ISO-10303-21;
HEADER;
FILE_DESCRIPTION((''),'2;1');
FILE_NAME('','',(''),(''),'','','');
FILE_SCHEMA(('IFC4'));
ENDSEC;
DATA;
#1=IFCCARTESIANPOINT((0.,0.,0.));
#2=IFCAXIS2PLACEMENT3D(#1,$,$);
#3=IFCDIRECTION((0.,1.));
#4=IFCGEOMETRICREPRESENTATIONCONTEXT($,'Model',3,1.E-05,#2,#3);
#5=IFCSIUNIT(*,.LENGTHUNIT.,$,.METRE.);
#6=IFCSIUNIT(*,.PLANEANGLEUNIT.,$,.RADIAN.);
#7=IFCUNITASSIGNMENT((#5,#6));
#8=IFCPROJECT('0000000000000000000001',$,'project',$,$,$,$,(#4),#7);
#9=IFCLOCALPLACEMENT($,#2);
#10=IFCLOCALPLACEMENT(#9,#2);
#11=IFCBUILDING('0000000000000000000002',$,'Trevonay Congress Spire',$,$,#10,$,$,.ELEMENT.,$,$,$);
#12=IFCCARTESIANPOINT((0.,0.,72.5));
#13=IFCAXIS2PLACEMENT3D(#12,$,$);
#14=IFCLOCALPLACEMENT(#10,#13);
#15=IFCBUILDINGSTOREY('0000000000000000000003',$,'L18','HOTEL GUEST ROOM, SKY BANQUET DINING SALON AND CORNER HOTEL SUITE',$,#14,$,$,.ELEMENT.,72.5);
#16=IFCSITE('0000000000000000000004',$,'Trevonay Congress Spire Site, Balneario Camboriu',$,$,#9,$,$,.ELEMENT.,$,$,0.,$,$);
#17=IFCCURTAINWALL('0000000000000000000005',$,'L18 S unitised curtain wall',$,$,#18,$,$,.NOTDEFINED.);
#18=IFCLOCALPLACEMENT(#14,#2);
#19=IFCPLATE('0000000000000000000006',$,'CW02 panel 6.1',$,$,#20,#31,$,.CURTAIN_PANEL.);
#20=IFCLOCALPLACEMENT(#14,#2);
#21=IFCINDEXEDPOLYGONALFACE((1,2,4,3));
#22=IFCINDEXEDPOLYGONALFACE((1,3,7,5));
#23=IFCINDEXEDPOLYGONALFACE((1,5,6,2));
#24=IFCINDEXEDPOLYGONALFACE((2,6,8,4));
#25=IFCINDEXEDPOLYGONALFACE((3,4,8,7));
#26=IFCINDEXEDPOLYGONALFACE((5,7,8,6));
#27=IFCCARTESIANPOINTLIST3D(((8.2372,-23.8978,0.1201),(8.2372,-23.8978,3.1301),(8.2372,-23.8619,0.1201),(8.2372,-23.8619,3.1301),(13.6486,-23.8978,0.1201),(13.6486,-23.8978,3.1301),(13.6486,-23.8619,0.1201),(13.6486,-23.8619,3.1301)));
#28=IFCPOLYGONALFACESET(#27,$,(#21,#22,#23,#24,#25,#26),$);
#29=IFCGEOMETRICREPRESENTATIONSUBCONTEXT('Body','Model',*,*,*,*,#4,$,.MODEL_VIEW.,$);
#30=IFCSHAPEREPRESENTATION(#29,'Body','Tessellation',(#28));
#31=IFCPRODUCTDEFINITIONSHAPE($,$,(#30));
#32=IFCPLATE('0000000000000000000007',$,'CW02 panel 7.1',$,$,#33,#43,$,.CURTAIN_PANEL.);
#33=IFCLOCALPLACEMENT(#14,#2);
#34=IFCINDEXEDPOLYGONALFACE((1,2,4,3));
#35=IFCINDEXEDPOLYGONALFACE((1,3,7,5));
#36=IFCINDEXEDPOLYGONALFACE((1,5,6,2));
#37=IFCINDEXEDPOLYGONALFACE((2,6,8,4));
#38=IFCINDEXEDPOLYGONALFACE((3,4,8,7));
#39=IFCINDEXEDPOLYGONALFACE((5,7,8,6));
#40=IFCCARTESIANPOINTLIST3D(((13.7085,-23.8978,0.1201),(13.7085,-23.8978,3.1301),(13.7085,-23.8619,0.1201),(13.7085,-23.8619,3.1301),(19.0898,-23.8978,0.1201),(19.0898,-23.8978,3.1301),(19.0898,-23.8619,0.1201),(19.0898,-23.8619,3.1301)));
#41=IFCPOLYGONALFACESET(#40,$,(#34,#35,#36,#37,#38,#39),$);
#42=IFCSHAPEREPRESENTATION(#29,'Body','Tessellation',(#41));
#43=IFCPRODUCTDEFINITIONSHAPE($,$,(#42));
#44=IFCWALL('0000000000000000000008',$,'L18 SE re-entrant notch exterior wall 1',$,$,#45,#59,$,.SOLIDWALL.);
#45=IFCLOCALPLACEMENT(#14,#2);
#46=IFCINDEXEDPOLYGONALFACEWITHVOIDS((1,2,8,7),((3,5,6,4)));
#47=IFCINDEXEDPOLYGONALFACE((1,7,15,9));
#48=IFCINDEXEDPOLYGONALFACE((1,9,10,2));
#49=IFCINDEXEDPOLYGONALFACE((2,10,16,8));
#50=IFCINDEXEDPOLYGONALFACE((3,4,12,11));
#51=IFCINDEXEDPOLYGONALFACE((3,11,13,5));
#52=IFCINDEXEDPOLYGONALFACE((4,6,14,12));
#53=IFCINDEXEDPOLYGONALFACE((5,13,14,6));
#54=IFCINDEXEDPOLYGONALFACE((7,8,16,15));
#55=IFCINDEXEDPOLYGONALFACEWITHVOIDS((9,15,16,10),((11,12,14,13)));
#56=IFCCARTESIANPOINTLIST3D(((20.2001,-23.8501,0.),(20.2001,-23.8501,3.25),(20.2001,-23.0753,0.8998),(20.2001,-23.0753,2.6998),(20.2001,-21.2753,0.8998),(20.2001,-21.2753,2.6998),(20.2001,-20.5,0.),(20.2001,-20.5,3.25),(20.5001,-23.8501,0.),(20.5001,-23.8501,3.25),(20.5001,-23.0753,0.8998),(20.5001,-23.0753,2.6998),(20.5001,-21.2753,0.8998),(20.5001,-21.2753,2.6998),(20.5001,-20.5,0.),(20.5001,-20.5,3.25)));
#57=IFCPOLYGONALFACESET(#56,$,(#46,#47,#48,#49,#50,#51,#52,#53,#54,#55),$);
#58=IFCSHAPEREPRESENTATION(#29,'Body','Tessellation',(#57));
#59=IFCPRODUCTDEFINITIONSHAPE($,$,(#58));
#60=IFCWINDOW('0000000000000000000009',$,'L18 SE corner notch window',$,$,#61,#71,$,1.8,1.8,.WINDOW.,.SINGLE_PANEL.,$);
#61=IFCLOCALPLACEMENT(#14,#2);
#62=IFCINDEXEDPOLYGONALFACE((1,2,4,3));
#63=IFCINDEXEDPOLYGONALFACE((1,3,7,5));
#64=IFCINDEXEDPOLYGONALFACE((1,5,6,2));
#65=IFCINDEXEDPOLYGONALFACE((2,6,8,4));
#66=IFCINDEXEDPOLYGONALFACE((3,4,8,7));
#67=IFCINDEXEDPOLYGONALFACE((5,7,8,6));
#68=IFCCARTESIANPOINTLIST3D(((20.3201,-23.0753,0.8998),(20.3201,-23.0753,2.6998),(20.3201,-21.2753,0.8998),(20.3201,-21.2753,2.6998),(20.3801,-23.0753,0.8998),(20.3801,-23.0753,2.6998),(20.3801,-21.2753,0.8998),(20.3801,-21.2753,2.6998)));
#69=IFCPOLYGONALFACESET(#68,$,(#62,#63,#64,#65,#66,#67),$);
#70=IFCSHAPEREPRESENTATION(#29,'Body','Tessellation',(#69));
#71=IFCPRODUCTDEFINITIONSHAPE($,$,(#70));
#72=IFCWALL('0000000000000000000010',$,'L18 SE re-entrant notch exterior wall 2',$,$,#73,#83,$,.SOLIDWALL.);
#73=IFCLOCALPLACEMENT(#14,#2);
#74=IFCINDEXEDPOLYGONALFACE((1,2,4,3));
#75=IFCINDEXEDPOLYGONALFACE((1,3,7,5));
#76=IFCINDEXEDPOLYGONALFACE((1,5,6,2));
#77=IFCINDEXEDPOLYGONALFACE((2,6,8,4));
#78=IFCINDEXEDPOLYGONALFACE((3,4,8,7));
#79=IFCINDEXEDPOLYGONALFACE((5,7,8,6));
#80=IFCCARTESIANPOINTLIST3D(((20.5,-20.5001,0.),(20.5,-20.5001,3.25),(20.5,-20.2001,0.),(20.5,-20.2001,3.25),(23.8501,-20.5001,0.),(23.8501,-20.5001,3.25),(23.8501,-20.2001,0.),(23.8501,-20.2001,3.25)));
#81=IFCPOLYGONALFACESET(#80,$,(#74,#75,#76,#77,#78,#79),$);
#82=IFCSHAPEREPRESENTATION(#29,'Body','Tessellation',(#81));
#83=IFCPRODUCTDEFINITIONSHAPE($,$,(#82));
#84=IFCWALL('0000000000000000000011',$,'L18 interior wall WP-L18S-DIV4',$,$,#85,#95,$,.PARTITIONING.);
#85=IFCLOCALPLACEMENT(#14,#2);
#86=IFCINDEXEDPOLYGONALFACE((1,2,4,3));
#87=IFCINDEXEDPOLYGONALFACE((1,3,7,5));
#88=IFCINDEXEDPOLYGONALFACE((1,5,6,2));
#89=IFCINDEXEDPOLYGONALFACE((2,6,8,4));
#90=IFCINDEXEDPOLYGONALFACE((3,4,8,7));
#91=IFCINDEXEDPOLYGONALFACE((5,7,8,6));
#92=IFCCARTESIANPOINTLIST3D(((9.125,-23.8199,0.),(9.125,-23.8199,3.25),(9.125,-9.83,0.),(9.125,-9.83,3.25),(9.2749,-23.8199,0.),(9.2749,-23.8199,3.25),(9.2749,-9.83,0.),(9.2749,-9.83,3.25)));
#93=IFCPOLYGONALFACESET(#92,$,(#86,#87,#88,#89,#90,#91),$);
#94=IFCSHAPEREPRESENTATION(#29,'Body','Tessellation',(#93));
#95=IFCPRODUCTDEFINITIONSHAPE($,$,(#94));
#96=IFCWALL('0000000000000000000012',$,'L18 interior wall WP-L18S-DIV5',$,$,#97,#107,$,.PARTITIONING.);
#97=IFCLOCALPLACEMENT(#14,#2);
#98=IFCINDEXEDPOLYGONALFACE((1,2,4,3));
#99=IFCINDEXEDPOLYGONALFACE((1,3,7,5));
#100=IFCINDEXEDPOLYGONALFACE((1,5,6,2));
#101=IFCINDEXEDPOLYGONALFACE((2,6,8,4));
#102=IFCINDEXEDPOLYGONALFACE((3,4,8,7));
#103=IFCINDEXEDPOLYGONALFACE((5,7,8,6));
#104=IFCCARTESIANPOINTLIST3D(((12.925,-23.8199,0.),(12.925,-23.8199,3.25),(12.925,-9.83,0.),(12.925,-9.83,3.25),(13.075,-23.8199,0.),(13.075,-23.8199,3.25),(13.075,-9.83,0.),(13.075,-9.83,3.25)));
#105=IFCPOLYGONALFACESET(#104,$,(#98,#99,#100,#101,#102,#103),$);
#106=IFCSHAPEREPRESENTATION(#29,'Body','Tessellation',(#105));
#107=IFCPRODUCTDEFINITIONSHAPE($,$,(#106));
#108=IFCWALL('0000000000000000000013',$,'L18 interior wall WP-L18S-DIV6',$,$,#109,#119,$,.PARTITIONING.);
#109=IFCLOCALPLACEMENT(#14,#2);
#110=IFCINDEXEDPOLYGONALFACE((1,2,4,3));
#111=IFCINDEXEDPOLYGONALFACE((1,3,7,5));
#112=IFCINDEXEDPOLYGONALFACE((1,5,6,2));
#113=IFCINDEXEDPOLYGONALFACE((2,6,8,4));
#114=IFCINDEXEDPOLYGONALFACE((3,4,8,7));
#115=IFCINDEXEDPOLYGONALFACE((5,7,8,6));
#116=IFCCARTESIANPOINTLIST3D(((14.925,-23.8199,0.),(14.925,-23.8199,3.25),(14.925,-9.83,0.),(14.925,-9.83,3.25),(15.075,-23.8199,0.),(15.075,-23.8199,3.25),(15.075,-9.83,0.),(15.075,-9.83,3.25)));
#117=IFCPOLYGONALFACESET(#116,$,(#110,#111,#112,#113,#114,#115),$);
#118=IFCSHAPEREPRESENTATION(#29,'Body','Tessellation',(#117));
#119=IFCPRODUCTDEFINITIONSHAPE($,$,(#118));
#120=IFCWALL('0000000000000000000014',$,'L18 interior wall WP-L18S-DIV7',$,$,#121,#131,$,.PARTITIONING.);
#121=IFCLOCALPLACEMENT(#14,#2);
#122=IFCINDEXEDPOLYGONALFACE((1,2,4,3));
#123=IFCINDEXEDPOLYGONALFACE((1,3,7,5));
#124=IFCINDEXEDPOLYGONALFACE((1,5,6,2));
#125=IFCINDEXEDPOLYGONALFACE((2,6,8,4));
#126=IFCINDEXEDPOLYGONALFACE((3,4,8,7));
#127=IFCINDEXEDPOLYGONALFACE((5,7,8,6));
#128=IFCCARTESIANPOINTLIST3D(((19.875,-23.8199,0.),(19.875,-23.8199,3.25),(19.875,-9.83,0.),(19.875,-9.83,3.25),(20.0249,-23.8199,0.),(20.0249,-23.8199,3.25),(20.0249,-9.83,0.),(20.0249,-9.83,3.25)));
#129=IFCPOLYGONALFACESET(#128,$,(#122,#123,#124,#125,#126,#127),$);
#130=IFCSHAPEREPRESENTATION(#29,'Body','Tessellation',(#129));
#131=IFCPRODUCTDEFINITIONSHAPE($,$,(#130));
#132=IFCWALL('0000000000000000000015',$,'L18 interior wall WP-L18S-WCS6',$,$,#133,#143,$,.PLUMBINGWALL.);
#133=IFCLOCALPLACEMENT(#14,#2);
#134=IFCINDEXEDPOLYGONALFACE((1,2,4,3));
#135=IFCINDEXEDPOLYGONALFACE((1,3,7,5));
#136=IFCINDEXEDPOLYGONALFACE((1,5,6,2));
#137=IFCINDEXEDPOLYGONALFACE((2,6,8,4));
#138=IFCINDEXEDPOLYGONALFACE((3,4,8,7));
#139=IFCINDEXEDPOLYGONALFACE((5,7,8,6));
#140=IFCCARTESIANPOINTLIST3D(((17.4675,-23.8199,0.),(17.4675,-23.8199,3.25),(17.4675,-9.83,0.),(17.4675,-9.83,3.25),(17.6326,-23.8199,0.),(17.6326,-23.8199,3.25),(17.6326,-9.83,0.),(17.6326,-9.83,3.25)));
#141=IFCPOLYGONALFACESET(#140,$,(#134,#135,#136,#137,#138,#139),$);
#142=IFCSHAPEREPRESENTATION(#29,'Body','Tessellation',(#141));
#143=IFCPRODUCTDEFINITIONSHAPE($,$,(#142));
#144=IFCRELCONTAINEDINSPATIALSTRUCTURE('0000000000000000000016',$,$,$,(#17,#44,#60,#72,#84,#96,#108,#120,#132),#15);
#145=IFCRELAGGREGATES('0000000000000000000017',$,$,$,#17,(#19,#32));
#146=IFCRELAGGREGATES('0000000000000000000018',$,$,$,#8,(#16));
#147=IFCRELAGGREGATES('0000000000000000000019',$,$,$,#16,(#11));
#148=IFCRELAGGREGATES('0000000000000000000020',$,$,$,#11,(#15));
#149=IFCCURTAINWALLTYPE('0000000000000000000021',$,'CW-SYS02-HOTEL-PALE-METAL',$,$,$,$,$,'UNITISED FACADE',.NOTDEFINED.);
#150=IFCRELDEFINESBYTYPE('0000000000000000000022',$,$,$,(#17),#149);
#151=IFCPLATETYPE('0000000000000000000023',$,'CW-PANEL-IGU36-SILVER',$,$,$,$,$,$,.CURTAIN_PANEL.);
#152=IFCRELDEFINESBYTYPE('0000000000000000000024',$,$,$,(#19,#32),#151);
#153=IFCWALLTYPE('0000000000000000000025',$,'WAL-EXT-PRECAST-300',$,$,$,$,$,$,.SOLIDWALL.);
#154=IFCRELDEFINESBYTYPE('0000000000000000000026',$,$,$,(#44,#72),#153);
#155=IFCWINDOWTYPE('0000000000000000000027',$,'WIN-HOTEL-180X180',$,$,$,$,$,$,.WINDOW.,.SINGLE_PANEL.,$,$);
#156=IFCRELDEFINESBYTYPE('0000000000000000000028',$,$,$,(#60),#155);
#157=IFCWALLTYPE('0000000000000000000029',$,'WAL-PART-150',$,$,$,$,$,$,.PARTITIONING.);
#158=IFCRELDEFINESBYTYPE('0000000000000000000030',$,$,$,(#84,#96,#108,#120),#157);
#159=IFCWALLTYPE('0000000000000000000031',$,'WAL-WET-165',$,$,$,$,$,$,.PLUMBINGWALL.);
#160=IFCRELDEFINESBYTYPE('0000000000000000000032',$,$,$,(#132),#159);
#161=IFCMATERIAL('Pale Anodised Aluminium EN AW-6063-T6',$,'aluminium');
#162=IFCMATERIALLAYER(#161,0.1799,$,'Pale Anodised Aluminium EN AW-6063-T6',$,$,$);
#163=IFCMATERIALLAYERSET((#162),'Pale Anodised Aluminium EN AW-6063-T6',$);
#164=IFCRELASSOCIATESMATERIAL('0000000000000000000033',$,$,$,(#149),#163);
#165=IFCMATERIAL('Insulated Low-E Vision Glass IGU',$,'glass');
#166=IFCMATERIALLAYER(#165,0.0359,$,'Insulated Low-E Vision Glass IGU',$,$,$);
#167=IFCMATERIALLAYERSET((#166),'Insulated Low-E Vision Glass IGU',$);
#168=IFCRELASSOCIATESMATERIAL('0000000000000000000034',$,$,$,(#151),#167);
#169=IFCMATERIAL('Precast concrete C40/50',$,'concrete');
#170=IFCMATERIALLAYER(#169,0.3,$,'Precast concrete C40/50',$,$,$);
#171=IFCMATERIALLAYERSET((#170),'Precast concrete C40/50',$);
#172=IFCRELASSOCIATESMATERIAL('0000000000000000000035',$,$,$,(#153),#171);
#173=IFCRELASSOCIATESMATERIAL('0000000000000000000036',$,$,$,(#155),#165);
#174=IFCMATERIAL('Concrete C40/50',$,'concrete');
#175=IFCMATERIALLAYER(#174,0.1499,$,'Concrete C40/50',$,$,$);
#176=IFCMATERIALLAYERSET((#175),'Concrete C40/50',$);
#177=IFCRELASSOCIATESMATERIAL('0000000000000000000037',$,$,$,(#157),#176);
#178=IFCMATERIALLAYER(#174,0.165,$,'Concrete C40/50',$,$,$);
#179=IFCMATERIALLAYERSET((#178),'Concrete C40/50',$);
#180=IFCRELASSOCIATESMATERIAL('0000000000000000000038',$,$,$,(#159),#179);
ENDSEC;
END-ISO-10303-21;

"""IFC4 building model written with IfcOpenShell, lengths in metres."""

from ifc_helpers import new_model, si_unit, direction, frame, frame_2d, origin, origin_2d, place, context, subcontext, project, spatial, rectangle, extrude, material, layer, layer_set, type_object, element, fill, aggregate, save


model = new_model("IFC4")

# Units and contexts
model_context = context("Model", 3, precision=1e-05, world=origin(), true_north=direction((0.0, 1.0)))
body_context = subcontext(model_context, "Body", "Model", "MODEL_VIEW")
ifc_project = project(units=[si_unit("LENGTHUNIT", "METRE"), si_unit("PLANEANGLEUNIT", "RADIAN")], contexts=[model_context])

# Site, building, storey
site_placement = place(None, origin())
site = spatial("IfcSite", under=ifc_project, at=site_placement, Name="Trevonay Congress Spire Site, Balneario Camboriu", CompositionType="ELEMENT", RefElevation=0.0)
building_placement = place(site_placement, origin())
building = spatial("IfcBuilding", under=site, at=building_placement, Name="Trevonay Congress Spire", CompositionType="ELEMENT")
storey_placement = place(building_placement, frame((0.0, 0.0, 72.5)))
storey = spatial("IfcBuildingStorey", under=building, at=storey_placement, Name="L18", Description="HOTEL GUEST ROOM, SKY BANQUET DINING SALON AND CORNER HOTEL SUITE", CompositionType="ELEMENT", Elevation=72.5)

# Curtain wall
ifc_material_1 = material(Name="Pale Anodised Aluminium EN AW-6063-T6", Category="aluminium")
ifc_layer_1 = layer(ifc_material_1, 0.1799, Name="Pale Anodised Aluminium EN AW-6063-T6")
ifc_layer_set_1 = layer_set([ifc_layer_1], Name="Pale Anodised Aluminium EN AW-6063-T6")
curtain_wall_type = type_object("IfcCurtainWallType", Name="CW-SYS02-HOTEL-PALE-METAL", ElementType="UNITISED FACADE", PredefinedType="NOTDEFINED", material=ifc_layer_set_1)
curtain_wall_1_placement = place(storey_placement, origin())
curtain_wall_1 = element("IfcCurtainWall", 1, at=curtain_wall_1_placement, inside=storey, type_object=curtain_wall_type, Name="L18 S unitised curtain wall", PredefinedType="NOTDEFINED")

# Plates
ifc_material_2 = material(Name="Insulated Low-E Vision Glass IGU", Category="glass")
ifc_layer_2 = layer(ifc_material_2, 0.0359, Name="Insulated Low-E Vision Glass IGU")
ifc_layer_set_2 = layer_set([ifc_layer_2], Name="Insulated Low-E Vision Glass IGU")
plate_type = type_object("IfcPlateType", Name="CW-PANEL-IGU36-SILVER", PredefinedType="CURTAIN_PANEL", material=ifc_layer_set_2)
plate_1_placement = place(storey_placement, frame((10.9429, -23.8799, 0.1201), z_axis=(0.0, 0.0, 1.0), x_axis=(1.0, 0.0, 0.0)))
plate_1 = element("IfcPlate", 2, at=plate_1_placement, type_object=plate_type, Name="CW02 panel 6.1", PredefinedType="CURTAIN_PANEL", context=body_context, shape_type="SweptSolid", body=[
    extrude(rectangle(XDim=5.4114, YDim=0.0359, at=origin_2d()), origin(), (0.0, 0.0, 1.0), 3.01),
])
plate_2_placement = place(storey_placement, frame((16.3992, -23.8799, 0.1201), z_axis=(0.0, 0.0, 1.0), x_axis=(1.0, 0.0, 0.0)))
plate_2 = element("IfcPlate", 3, at=plate_2_placement, type_object=plate_type, Name="CW02 panel 7.1", PredefinedType="CURTAIN_PANEL", context=body_context, shape_type="SweptSolid", body=[
    extrude(rectangle(XDim=5.3813, YDim=0.0359, at=origin_2d()), origin(), (0.0, 0.0, 1.0), 3.01),
])
aggregate(curtain_wall_1, [plate_1, plate_2])

# Wall, opening, window
ifc_material_3 = material(Name="Precast concrete C40/50", Category="concrete")
ifc_layer_3 = layer(ifc_material_3, 0.3, Name="Precast concrete C40/50")
ifc_layer_set_3 = layer_set([ifc_layer_3], Name="Precast concrete C40/50")
wall_type_1 = type_object("IfcWallType", Name="WAL-EXT-PRECAST-300", PredefinedType="SOLIDWALL", material=ifc_layer_set_3)
wall_1_placement = place(storey_placement, frame((20.3501, -23.8501, 0.0), z_axis=(0.0, 0.0, 1.0), x_axis=(0.0, 1.0, 0.0)))
wall_1 = element("IfcWall", 4, at=wall_1_placement, inside=storey, type_object=wall_type_1, Name="L18 SE re-entrant notch exterior wall 1", PredefinedType="SOLIDWALL", context=body_context, shape_type="SweptSolid", body=[
    extrude(rectangle(XDim=3.3501, YDim=0.3, at=frame_2d((1.675, 0.0))), origin(), (0.0, 0.0, 1.0), 3.25),
])
opening_placement = place(wall_1_placement, frame((0.7749, 0.0, 0.8999)))
opening = element("IfcOpeningElement", 5, at=opening_placement, cuts=wall_1, PredefinedType="OPENING", context=body_context, shape_type="SweptSolid", body=[
    extrude(rectangle(XDim=1.8, YDim=1.8, at=frame_2d((0.8999, 0.8999))), frame((0.0, 0.1602, 0.0), z_axis=(0.0, -1.0, 0.0), x_axis=(1.0, 0.0, 0.0)), (0.0, 0.0, 1.0), 0.3201),
])
window_type = type_object("IfcWindowType", Name="WIN-HOTEL-180X180", PartitioningType="SINGLE_PANEL", PredefinedType="WINDOW", material=ifc_material_2)
window_placement = place(opening_placement, origin())
window = element("IfcWindow", 6, at=window_placement, inside=storey, type_object=window_type, Name="L18 SE corner notch window", OverallHeight=1.8, OverallWidth=1.8, PartitioningType="SINGLE_PANEL", PredefinedType="WINDOW", context=body_context, shape_type="SweptSolid", body=[
    extrude(rectangle(XDim=1.8, YDim=1.8, at=frame_2d((0.8999, 0.8999))), frame((0.0, 0.03, 0.0), z_axis=(0.0, -1.0, 0.0), x_axis=(1.0, 0.0, 0.0)), (0.0, 0.0, 1.0), 0.0601),
])
fill(opening, window)

# Walls
wall_2_placement = place(storey_placement, frame((23.8501, -20.3501, 0.0), z_axis=(0.0, 0.0, 1.0), x_axis=(-1.0, 0.0, 0.0)))
element("IfcWall", 7, at=wall_2_placement, inside=storey, type_object=wall_type_1, Name="L18 SE re-entrant notch exterior wall 2", PredefinedType="SOLIDWALL", context=body_context, shape_type="SweptSolid", body=[
    extrude(rectangle(XDim=3.3501, YDim=0.3, at=frame_2d((1.675, 0.0))), origin(), (0.0, 0.0, 1.0), 3.25),
])
ifc_material_4 = material(Name="Concrete C40/50", Category="concrete")
ifc_layer_4 = layer(ifc_material_4, 0.1499, Name="Concrete C40/50")
ifc_layer_set_4 = layer_set([ifc_layer_4], Name="Concrete C40/50")
wall_type_2 = type_object("IfcWallType", Name="WAL-PART-150", PredefinedType="PARTITIONING", material=ifc_layer_set_4)
for number, where, z_axis, x_axis, name in (
    (8, (9.2, -23.8201, 0.0), (0.0, 0.0, 1.0), (0.0, 1.0, 0.0), "L18 interior wall WP-L18S-DIV4"),
    (9, (13.0, -23.8201, 0.0), (0.0, 0.0, 1.0), (0.0, 1.0, 0.0), "L18 interior wall WP-L18S-DIV5"),
    (10, (15.0, -23.8201, 0.0), (0.0, 0.0, 1.0), (0.0, 1.0, 0.0), "L18 interior wall WP-L18S-DIV6"),
    (11, (19.95, -23.8201, 0.0), (0.0, 0.0, 1.0), (0.0, 1.0, 0.0), "L18 interior wall WP-L18S-DIV7"),
):
    element("IfcWall", number, at=place(storey_placement, frame(where, z_axis=z_axis, x_axis=x_axis)), inside=storey, type_object=wall_type_2, Name=name, PredefinedType="PARTITIONING", context=body_context, shape_type="SweptSolid", body=[
        extrude(rectangle(XDim=13.99, YDim=0.1499, at=frame_2d((6.9951, 0.0))), origin(), (0.0, 0.0, 1.0), 3.25),
    ])
ifc_layer_5 = layer(ifc_material_4, 0.165, Name="Concrete C40/50")
ifc_layer_set_5 = layer_set([ifc_layer_5], Name="Concrete C40/50")
wall_type_3 = type_object("IfcWallType", Name="WAL-WET-165", PredefinedType="PLUMBINGWALL", material=ifc_layer_set_5)
wall_3_placement = place(storey_placement, frame((17.55, -23.8201, 0.0), z_axis=(0.0, 0.0, 1.0), x_axis=(0.0, 1.0, 0.0)))
element("IfcWall", 12, at=wall_3_placement, inside=storey, type_object=wall_type_3, Name="L18 interior wall WP-L18S-WCS6", PredefinedType="PLUMBINGWALL", context=body_context, shape_type="SweptSolid", body=[
    extrude(rectangle(XDim=13.99, YDim=0.165, at=frame_2d((6.9951, 0.0))), origin(), (0.0, 0.0, 1.0), 3.25),
])

save(model, "model.ifc")
